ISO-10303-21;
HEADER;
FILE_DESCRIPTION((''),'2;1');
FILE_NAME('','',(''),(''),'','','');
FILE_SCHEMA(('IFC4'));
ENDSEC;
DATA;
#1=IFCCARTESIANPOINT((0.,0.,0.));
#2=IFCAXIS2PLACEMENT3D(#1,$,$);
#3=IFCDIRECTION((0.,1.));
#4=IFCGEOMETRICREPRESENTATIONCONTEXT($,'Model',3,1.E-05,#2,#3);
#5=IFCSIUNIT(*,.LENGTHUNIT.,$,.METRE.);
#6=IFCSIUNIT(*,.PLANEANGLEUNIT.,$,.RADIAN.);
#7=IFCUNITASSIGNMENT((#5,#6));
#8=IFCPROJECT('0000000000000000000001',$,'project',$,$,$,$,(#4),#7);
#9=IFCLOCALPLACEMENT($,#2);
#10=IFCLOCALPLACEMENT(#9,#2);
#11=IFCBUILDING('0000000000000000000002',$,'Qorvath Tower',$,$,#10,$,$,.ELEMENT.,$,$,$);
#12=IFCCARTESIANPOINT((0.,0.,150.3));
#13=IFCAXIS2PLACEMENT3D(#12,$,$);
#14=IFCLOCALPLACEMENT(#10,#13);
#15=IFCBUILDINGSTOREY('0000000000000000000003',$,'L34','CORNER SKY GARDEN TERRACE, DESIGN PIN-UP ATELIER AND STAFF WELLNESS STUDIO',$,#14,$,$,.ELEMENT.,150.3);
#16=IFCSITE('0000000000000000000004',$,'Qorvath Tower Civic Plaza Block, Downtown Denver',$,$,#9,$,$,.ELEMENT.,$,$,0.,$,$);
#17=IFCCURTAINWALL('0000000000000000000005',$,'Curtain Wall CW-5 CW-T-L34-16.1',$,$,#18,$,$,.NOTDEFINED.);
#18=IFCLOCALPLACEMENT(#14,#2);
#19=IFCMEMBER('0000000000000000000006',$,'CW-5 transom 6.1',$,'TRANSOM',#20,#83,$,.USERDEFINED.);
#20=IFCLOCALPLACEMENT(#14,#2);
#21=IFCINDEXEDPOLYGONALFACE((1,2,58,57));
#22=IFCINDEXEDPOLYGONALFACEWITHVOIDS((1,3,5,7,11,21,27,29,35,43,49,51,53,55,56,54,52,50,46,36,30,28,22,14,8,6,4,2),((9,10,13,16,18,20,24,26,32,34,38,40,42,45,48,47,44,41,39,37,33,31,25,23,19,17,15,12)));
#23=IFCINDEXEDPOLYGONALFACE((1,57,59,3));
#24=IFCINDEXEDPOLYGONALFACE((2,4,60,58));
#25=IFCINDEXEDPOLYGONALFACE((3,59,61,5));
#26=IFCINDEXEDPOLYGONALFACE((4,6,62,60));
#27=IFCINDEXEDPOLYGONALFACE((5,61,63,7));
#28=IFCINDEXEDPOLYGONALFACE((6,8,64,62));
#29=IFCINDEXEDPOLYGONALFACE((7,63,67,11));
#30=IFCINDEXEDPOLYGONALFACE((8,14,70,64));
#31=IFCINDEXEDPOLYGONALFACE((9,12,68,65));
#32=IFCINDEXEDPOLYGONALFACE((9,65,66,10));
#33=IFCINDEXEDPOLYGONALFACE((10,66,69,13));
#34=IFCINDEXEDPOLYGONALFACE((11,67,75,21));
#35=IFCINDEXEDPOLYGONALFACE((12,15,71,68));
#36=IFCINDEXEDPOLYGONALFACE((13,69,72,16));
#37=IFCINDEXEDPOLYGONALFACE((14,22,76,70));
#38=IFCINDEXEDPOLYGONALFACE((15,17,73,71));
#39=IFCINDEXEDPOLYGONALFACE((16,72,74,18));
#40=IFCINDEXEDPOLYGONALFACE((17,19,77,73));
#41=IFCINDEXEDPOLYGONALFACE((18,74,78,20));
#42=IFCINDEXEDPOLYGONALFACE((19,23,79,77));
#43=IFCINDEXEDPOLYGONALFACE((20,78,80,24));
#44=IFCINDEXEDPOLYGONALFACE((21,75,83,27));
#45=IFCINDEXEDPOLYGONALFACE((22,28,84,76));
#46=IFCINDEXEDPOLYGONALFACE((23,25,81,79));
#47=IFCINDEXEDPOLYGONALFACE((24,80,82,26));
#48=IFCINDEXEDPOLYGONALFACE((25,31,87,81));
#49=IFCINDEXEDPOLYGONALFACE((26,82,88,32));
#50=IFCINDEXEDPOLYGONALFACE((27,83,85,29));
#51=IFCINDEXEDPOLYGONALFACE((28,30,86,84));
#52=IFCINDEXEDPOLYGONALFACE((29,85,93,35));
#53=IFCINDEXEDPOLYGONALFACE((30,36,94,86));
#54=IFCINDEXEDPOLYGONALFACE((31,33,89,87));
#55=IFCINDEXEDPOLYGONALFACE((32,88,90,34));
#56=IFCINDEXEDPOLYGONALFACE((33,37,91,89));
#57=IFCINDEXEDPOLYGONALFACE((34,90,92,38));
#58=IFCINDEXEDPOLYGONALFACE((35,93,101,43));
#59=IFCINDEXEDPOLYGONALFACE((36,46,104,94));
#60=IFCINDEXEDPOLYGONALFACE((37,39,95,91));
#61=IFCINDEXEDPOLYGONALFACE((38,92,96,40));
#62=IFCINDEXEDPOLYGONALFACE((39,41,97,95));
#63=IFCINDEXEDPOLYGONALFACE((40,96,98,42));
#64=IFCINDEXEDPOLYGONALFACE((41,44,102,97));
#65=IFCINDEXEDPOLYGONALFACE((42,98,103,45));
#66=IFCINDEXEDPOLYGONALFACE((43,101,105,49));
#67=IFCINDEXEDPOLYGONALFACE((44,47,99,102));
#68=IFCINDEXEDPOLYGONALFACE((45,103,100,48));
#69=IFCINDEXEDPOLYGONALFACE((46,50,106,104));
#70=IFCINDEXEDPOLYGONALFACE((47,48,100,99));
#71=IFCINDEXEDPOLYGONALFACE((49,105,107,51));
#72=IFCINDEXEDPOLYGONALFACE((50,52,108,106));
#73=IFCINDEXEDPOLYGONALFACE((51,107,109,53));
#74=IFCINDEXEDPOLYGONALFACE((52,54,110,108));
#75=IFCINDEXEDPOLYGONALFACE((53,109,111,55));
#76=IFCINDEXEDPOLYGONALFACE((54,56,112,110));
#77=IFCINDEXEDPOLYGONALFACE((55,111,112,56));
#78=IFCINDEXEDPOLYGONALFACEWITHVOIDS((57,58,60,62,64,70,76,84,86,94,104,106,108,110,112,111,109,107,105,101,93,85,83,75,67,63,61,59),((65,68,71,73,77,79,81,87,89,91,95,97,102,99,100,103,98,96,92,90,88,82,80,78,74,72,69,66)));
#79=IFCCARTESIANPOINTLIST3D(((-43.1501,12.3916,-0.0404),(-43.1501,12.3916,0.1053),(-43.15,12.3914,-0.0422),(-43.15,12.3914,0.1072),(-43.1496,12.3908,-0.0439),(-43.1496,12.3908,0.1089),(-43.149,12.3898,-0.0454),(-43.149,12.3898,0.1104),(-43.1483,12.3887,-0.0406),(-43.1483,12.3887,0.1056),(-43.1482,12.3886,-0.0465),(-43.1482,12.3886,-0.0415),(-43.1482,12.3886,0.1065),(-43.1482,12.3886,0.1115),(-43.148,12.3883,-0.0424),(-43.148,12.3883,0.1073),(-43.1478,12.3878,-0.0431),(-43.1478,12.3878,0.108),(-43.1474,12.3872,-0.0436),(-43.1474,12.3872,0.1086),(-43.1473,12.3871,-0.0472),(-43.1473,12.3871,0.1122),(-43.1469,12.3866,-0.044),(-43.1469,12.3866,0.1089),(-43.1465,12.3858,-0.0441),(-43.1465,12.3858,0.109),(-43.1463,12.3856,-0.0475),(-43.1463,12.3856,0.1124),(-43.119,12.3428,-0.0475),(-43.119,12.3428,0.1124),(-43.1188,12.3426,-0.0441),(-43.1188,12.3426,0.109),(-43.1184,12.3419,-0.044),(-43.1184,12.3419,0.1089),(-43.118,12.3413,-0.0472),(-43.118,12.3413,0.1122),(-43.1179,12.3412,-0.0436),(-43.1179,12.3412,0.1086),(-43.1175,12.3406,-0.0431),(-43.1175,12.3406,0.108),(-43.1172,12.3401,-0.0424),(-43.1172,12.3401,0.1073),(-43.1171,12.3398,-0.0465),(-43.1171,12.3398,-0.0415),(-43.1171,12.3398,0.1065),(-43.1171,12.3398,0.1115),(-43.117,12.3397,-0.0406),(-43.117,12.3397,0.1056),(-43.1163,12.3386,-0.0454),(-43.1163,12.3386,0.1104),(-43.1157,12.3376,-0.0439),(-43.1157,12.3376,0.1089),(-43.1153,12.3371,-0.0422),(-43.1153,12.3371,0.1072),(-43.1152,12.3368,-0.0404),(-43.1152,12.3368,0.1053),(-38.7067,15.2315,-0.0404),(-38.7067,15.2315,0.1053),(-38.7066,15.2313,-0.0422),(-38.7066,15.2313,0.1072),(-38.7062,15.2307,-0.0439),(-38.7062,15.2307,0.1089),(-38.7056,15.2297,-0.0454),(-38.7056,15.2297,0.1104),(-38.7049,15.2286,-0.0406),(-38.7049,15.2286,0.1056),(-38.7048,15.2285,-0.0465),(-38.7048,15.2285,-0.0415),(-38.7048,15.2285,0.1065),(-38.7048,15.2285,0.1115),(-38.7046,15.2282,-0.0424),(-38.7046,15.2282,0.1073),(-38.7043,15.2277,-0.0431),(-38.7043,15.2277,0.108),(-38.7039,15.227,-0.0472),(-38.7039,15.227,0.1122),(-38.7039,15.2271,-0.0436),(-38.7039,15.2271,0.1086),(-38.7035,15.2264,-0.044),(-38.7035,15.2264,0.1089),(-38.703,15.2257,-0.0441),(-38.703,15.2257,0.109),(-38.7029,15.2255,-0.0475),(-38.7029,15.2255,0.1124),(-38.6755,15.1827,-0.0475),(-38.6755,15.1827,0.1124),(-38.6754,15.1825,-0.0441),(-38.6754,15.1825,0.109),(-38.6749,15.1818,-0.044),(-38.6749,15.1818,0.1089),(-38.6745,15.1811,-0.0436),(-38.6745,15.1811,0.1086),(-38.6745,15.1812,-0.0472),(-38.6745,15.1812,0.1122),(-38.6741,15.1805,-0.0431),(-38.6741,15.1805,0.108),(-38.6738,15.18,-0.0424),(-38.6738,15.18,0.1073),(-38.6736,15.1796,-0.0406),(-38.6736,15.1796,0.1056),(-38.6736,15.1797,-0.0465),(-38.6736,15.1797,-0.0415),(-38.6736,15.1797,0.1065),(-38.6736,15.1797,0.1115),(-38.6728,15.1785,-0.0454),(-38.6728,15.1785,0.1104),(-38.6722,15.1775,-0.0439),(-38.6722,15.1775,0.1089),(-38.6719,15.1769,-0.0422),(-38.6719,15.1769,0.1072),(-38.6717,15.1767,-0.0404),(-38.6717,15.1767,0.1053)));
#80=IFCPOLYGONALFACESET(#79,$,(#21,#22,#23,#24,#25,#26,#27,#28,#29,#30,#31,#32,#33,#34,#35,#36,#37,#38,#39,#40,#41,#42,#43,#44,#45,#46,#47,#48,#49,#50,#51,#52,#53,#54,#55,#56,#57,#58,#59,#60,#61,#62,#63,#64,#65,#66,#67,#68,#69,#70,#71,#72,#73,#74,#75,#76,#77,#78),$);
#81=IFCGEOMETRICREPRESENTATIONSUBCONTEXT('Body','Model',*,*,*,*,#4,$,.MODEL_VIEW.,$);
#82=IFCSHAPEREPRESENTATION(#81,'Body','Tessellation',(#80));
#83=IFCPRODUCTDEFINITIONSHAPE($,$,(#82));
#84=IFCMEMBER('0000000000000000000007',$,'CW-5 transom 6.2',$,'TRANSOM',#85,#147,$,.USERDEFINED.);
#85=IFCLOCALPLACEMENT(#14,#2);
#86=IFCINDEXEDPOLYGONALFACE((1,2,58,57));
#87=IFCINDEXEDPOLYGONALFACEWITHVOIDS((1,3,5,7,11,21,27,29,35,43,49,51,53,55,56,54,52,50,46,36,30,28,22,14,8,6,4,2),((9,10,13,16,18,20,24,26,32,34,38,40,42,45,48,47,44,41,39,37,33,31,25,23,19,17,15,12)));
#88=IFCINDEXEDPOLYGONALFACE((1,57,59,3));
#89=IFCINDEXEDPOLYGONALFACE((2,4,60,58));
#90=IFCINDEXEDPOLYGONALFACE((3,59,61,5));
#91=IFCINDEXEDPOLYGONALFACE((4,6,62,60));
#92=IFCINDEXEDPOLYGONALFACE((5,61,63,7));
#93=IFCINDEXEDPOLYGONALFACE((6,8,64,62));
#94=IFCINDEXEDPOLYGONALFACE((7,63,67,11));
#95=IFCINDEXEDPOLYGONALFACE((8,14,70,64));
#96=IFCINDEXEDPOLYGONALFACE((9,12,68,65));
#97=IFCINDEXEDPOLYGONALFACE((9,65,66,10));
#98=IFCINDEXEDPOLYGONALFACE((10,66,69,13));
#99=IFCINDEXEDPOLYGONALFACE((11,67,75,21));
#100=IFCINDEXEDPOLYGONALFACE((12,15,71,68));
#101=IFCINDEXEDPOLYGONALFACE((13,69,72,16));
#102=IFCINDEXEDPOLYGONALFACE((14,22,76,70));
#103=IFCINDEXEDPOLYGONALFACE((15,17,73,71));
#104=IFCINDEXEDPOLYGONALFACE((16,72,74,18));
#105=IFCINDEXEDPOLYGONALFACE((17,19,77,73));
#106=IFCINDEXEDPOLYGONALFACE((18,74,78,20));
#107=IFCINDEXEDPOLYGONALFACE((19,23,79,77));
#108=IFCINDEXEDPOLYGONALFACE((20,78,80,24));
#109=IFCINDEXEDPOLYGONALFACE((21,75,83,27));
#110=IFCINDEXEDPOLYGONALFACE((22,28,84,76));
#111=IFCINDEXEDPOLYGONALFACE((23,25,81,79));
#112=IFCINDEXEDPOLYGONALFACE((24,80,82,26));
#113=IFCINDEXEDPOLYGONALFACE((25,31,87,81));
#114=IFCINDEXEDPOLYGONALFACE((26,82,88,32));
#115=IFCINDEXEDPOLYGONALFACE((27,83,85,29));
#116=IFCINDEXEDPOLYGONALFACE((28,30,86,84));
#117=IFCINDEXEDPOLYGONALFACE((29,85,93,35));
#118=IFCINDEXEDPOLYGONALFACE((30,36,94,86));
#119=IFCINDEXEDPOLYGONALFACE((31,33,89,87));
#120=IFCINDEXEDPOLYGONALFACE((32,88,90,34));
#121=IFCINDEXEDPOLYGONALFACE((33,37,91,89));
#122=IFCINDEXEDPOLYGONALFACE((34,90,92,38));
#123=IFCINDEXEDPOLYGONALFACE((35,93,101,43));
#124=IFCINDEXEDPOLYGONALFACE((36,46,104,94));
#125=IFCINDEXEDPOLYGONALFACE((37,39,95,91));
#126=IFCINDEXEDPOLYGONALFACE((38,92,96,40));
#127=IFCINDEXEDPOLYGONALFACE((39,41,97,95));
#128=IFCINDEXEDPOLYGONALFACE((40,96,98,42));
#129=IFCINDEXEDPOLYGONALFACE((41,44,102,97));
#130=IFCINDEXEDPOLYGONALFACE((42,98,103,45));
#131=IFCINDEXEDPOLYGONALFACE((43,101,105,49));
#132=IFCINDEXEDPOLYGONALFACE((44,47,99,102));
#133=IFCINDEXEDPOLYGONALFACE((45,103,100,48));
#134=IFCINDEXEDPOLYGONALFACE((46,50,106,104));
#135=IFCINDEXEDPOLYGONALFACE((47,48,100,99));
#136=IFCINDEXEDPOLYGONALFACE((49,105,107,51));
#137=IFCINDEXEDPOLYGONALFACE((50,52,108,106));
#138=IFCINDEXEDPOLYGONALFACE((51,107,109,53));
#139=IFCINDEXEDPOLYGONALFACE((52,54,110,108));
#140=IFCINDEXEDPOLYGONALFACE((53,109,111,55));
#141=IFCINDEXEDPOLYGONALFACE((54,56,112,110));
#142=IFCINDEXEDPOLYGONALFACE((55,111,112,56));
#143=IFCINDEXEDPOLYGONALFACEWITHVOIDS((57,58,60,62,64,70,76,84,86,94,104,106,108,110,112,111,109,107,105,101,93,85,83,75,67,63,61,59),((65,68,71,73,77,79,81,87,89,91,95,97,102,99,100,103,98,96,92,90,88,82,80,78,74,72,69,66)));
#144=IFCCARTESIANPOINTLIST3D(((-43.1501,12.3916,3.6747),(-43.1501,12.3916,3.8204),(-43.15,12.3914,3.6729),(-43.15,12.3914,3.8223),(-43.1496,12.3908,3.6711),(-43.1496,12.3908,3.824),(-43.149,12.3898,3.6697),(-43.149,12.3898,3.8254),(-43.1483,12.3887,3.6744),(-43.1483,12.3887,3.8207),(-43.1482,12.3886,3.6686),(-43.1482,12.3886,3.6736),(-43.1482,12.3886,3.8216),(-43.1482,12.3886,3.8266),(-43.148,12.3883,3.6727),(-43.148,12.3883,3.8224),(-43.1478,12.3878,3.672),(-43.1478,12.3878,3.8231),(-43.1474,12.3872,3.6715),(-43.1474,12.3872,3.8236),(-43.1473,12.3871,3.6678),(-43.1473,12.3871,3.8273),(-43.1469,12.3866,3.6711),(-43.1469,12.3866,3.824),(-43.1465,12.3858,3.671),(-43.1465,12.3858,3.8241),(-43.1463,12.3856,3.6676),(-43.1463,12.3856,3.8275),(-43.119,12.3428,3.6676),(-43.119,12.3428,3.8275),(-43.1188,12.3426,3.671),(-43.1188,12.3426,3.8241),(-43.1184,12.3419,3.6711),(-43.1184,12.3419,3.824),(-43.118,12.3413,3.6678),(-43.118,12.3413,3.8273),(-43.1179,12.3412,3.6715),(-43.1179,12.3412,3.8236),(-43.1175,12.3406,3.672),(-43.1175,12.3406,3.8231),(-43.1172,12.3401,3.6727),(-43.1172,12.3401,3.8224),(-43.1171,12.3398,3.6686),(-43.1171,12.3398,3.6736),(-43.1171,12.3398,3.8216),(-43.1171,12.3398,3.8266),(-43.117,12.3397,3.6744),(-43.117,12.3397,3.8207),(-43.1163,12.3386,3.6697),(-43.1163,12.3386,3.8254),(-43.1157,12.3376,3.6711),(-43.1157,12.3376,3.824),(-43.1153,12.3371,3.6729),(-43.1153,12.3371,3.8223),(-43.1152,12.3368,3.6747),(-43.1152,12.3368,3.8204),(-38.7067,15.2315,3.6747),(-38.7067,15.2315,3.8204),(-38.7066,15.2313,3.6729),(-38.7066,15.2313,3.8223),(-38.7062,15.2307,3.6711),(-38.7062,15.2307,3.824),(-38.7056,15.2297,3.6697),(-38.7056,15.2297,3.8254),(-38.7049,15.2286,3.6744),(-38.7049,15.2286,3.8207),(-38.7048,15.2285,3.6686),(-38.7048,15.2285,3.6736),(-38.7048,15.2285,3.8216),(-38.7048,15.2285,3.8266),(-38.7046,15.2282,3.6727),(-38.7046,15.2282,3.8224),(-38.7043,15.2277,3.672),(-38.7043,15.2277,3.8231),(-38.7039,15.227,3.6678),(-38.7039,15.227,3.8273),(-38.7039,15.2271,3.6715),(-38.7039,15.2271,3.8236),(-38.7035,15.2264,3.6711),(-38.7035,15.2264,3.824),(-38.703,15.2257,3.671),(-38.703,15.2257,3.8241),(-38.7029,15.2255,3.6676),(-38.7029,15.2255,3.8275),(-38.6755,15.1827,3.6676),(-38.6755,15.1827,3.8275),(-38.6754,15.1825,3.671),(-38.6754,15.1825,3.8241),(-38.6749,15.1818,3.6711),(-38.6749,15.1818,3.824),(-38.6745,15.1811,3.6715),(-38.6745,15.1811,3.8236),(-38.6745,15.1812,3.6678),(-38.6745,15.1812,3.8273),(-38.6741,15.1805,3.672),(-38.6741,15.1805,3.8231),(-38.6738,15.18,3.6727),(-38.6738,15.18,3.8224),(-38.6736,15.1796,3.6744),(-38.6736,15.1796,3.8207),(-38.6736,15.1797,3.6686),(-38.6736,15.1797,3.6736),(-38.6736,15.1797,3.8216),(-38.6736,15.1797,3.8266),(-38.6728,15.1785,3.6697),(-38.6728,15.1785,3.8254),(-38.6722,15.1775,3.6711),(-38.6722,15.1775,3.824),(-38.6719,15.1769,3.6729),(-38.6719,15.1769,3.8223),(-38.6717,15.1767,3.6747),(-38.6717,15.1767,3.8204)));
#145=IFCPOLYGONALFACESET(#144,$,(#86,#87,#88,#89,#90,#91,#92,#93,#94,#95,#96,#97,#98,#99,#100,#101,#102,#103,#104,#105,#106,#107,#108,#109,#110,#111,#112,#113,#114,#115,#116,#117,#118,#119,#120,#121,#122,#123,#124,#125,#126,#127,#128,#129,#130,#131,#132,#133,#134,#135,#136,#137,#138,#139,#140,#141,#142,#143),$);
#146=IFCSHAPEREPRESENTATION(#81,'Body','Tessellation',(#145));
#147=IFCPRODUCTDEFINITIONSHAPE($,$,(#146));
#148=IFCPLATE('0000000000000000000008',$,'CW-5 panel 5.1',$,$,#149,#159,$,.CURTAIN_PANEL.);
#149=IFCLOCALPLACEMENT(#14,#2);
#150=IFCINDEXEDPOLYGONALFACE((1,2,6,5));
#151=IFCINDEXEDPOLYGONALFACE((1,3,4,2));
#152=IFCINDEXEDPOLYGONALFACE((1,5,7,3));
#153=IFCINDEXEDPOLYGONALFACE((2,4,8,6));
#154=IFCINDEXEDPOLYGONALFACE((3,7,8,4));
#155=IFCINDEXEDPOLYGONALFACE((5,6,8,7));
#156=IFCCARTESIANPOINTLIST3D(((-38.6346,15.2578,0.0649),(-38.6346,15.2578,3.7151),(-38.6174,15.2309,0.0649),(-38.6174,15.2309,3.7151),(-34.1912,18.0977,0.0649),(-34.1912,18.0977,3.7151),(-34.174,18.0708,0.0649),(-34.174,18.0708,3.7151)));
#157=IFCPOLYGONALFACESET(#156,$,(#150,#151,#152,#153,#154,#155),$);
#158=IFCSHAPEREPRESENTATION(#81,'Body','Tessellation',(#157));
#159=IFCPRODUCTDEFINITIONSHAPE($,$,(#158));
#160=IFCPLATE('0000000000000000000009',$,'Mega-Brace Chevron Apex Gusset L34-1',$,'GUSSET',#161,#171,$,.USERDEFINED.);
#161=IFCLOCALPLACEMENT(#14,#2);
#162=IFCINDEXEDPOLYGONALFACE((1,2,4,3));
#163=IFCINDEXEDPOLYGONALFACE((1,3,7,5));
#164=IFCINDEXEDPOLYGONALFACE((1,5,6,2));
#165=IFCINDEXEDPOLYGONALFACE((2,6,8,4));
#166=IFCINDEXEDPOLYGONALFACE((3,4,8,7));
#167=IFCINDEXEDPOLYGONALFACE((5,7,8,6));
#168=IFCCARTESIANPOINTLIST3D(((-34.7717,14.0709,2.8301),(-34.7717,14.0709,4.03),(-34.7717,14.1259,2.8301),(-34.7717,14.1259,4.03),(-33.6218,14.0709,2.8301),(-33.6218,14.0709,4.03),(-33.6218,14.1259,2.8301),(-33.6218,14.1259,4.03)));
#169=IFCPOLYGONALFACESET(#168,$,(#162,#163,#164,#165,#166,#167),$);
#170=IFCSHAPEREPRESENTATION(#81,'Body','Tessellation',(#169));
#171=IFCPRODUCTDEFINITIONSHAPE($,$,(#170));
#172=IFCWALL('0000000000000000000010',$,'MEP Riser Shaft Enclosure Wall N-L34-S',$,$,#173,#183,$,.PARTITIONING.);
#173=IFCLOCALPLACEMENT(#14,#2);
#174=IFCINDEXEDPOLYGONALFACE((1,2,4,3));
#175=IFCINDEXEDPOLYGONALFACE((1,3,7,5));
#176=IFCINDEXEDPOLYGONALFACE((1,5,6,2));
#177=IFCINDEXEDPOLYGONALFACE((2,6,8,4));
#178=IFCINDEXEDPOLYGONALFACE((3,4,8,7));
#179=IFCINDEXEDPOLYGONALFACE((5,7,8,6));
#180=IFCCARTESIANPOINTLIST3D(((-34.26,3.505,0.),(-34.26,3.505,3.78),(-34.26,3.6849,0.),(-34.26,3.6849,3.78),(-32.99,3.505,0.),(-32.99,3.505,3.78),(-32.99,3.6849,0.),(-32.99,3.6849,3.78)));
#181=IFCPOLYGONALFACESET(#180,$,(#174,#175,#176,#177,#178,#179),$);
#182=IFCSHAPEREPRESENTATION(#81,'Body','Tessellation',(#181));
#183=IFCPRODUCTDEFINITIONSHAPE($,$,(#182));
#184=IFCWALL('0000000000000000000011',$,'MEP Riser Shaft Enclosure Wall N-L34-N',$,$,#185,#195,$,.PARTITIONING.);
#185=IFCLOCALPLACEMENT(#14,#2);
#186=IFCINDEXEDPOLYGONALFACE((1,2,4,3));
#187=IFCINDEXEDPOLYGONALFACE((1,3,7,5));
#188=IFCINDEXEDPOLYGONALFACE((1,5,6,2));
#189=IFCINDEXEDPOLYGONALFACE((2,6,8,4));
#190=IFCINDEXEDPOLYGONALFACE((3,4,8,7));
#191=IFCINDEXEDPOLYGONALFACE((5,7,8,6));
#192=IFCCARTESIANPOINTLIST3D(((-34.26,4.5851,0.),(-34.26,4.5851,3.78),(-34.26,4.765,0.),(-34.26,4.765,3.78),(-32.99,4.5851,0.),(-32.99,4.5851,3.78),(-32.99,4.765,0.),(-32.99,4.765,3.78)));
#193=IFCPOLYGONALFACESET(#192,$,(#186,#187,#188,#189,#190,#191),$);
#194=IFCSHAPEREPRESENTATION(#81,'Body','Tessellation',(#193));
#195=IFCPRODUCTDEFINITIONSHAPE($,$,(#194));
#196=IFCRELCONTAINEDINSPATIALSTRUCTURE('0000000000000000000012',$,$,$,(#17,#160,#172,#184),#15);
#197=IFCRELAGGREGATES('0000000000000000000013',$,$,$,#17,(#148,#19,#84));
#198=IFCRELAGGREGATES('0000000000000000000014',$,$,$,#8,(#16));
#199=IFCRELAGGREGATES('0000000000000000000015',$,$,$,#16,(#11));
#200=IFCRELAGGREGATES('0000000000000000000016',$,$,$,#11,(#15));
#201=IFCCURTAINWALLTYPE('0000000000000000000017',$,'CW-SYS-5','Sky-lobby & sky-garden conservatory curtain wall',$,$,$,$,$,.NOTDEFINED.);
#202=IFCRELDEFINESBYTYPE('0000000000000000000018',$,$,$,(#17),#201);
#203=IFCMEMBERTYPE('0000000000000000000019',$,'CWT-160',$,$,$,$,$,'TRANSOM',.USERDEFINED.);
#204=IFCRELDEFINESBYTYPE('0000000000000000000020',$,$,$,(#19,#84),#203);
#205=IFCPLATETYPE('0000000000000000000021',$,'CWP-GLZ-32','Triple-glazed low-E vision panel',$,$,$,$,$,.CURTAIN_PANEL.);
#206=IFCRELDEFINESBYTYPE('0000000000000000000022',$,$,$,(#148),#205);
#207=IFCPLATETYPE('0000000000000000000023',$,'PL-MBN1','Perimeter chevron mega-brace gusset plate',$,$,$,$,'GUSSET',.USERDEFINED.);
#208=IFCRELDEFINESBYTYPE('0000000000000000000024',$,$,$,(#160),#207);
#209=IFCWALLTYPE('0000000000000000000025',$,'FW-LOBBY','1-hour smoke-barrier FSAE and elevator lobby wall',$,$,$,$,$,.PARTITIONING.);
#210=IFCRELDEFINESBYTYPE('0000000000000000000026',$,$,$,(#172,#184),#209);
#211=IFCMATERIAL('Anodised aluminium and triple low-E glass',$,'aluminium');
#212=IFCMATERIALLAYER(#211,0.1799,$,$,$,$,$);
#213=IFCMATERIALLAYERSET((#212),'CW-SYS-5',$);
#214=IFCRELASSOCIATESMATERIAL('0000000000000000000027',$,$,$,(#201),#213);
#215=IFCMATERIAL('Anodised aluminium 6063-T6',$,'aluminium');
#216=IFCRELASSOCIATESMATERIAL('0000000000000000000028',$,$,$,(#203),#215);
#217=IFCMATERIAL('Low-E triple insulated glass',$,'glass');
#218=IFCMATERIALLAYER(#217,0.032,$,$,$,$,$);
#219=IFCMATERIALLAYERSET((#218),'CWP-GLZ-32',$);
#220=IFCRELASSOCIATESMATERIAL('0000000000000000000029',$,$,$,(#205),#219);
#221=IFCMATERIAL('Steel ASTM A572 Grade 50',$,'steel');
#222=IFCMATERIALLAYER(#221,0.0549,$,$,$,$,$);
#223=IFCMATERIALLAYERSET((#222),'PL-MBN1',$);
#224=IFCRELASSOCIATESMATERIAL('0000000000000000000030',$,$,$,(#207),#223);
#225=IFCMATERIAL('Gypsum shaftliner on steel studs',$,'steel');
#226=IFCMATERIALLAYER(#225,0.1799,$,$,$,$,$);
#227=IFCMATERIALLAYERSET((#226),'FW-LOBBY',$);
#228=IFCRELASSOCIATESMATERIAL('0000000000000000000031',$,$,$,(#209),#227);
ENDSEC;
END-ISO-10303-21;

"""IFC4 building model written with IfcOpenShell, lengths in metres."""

from ifc_helpers import new_model, si_unit, direction, frame, frame_2d, origin, origin_2d, place, context, subcontext, project, spatial, rectangle, hollow_rectangle, extrude, material, layer, layer_set, material_profile, profile_set, type_object, element, aggregate, save


model = new_model("IFC4")

# Units and contexts
model_context = context("Model", 3, precision=1e-05, world=origin(), true_north=direction((0.0, 1.0)))
body_context = subcontext(model_context, "Body", "Model", "MODEL_VIEW")
ifc_project = project(units=[si_unit("LENGTHUNIT", "METRE"), si_unit("PLANEANGLEUNIT", "RADIAN")], contexts=[model_context])

# Site, building, storey
site_placement = place(None, origin())
site = spatial("IfcSite", under=ifc_project, at=site_placement, Name="Qorvath Tower Civic Plaza Block, Downtown Denver", CompositionType="ELEMENT", RefElevation=0.0)
building_placement = place(site_placement, origin())
building = spatial("IfcBuilding", under=site, at=building_placement, Name="Qorvath Tower", CompositionType="ELEMENT")
storey_placement = place(building_placement, frame((0.0, 0.0, 150.3)))
storey = spatial("IfcBuildingStorey", under=building, at=storey_placement, Name="L34", Description="CORNER SKY GARDEN TERRACE, DESIGN PIN-UP ATELIER AND STAFF WELLNESS STUDIO", CompositionType="ELEMENT", Elevation=150.3)

# Curtain wall, members, plate
ifc_material_1 = material(Name="Anodised aluminium and triple low-E glass", Category="aluminium")
ifc_layer_1 = layer(ifc_material_1, 0.1799)
ifc_layer_set_1 = layer_set([ifc_layer_1], Name="CW-SYS-5")
curtain_wall_type = type_object("IfcCurtainWallType", Name="CW-SYS-5", Description="Sky-lobby & sky-garden conservatory curtain wall", PredefinedType="NOTDEFINED", material=ifc_layer_set_1)
curtain_wall_placement = place(storey_placement, origin())
curtain_wall = element("IfcCurtainWall", 1, at=curtain_wall_placement, inside=storey, type_object=curtain_wall_type, Name="Curtain Wall CW-5 CW-T-L34-16.1", PredefinedType="NOTDEFINED")
ifc_material_2 = material(Name="Anodised aluminium 6063-T6", Category="aluminium")
ifc_material_profile_1 = material_profile(ifc_material_2, hollow_rectangle(XDim=0.0649, YDim=0.1599, WallThickness=0.0034, InnerFilletRadius=0.0034, OuterFilletRadius=0.0071, at=origin_2d()), Name="CWT 160x65")
ifc_profile_set_1 = profile_set([ifc_material_profile_1], Name="Anodised aluminium 6063-T6")
member_type_1 = type_object("IfcMemberType", Name="CWT-160", ElementType="TRANSOM", PredefinedType="USERDEFINED", material=ifc_profile_set_1)
member_1_placement = place(storey_placement, frame((-38.6892, 15.2041, 0.0325), z_axis=(-0.842608, -0.538528, 0.0), x_axis=(0.538528, -0.842608, 0.0)))
member_1 = element("IfcMember", 2, at=member_1_placement, type_object=member_type_1, Name="CW-5 transom 6.1", ObjectType="TRANSOM", PredefinedType="USERDEFINED", context=body_context, shape_type="SweptSolid", body=[
    extrude(hollow_rectangle(XDim=0.0649, YDim=0.1599, WallThickness=0.0034, InnerFilletRadius=0.0034, OuterFilletRadius=0.0071, at=origin_2d()), origin(), (0.0, 0.0, 1.0), 5.2734),
])
member_2_placement = place(storey_placement, frame((-38.6892, 15.2041, 3.7476), z_axis=(-0.842608, -0.538528, 0.0), x_axis=(0.538528, -0.842608, 0.0)))
member_2 = element("IfcMember", 3, at=member_2_placement, type_object=member_type_1, Name="CW-5 transom 6.2", ObjectType="TRANSOM", PredefinedType="USERDEFINED", context=body_context, shape_type="SweptSolid", body=[
    extrude(hollow_rectangle(XDim=0.0649, YDim=0.1599, WallThickness=0.0034, InnerFilletRadius=0.0034, OuterFilletRadius=0.0071, at=origin_2d()), origin(), (0.0, 0.0, 1.0), 5.2734),
])
ifc_material_3 = material(Name="Low-E triple insulated glass", Category="glass")
ifc_layer_2 = layer(ifc_material_3, 0.032)
ifc_layer_set_2 = layer_set([ifc_layer_2], Name="CWP-GLZ-32")
plate_type_1 = type_object("IfcPlateType", Name="CWP-GLZ-32", Description="Triple-glazed low-E vision panel", PredefinedType="CURTAIN_PANEL", material=ifc_layer_set_2)
plate_1_placement = place(storey_placement, frame((-36.4043, 16.6643, 0.0649), z_axis=(0.0, 0.0, 1.0), x_axis=(-0.842603, -0.538535, 0.0)))
plate_1 = element("IfcPlate", 4, at=plate_1_placement, type_object=plate_type_1, Name="CW-5 panel 5.1", PredefinedType="CURTAIN_PANEL", context=body_context, shape_type="SweptSolid", body=[
    extrude(rectangle(XDim=5.2734, YDim=0.032, at=origin_2d()), origin(), (0.0, 0.0, 1.0), 3.6501),
])
aggregate(curtain_wall, [plate_1, member_1, member_2])

# Plate
ifc_material_4 = material(Name="Steel ASTM A572 Grade 50", Category="steel")
ifc_layer_3 = layer(ifc_material_4, 0.0549)
ifc_layer_set_3 = layer_set([ifc_layer_3], Name="PL-MBN1")
plate_type_2 = type_object("IfcPlateType", Name="PL-MBN1", Description="Perimeter chevron mega-brace gusset plate", ElementType="GUSSET", PredefinedType="USERDEFINED", material=ifc_layer_set_3)
plate_2_placement = place(storey_placement, frame((-34.1968, 14.0984, 2.8301), z_axis=(0.0, 0.0, 1.0), x_axis=(1.0, 0.0, 0.0)))
element("IfcPlate", 5, at=plate_2_placement, inside=storey, type_object=plate_type_2, Name="Mega-Brace Chevron Apex Gusset L34-1", ObjectType="GUSSET", PredefinedType="USERDEFINED", context=body_context, shape_type="SweptSolid", body=[
    extrude(rectangle(XDim=1.1499, YDim=0.0549, at=origin_2d()), origin(), (0.0, 0.0, 1.0), 1.2),
])

# Walls
ifc_material_5 = material(Name="Gypsum shaftliner on steel studs", Category="steel")
ifc_layer_4 = layer(ifc_material_5, 0.1799)
ifc_layer_set_4 = layer_set([ifc_layer_4], Name="FW-LOBBY")
wall_type_1 = type_object("IfcWallType", Name="FW-LOBBY", Description="1-hour smoke-barrier FSAE and elevator lobby wall", PredefinedType="PARTITIONING", material=ifc_layer_set_4)
for number, where, z_axis, x_axis, name in (
    (6, (-32.99, 3.595, 0.0), (0.0, 0.0, 1.0), (-1.0, 0.0, 0.0), "MEP Riser Shaft Enclosure Wall N-L34-S"),
    (7, (-34.26, 4.675, 0.0), (0.0, 0.0, 1.0), (1.0, 0.0, 0.0), "MEP Riser Shaft Enclosure Wall N-L34-N"),
):
    element("IfcWall", number, at=place(storey_placement, frame(where, z_axis=z_axis, x_axis=x_axis)), inside=storey, type_object=wall_type_1, Name=name, PredefinedType="PARTITIONING", context=body_context, shape_type="SweptSolid", body=[
        extrude(rectangle(XDim=1.27, YDim=0.1799, at=frame_2d((0.635, 0.0))), origin(), (0.0, 0.0, 1.0), 3.78),
    ])

save(model, "model.ifc")
